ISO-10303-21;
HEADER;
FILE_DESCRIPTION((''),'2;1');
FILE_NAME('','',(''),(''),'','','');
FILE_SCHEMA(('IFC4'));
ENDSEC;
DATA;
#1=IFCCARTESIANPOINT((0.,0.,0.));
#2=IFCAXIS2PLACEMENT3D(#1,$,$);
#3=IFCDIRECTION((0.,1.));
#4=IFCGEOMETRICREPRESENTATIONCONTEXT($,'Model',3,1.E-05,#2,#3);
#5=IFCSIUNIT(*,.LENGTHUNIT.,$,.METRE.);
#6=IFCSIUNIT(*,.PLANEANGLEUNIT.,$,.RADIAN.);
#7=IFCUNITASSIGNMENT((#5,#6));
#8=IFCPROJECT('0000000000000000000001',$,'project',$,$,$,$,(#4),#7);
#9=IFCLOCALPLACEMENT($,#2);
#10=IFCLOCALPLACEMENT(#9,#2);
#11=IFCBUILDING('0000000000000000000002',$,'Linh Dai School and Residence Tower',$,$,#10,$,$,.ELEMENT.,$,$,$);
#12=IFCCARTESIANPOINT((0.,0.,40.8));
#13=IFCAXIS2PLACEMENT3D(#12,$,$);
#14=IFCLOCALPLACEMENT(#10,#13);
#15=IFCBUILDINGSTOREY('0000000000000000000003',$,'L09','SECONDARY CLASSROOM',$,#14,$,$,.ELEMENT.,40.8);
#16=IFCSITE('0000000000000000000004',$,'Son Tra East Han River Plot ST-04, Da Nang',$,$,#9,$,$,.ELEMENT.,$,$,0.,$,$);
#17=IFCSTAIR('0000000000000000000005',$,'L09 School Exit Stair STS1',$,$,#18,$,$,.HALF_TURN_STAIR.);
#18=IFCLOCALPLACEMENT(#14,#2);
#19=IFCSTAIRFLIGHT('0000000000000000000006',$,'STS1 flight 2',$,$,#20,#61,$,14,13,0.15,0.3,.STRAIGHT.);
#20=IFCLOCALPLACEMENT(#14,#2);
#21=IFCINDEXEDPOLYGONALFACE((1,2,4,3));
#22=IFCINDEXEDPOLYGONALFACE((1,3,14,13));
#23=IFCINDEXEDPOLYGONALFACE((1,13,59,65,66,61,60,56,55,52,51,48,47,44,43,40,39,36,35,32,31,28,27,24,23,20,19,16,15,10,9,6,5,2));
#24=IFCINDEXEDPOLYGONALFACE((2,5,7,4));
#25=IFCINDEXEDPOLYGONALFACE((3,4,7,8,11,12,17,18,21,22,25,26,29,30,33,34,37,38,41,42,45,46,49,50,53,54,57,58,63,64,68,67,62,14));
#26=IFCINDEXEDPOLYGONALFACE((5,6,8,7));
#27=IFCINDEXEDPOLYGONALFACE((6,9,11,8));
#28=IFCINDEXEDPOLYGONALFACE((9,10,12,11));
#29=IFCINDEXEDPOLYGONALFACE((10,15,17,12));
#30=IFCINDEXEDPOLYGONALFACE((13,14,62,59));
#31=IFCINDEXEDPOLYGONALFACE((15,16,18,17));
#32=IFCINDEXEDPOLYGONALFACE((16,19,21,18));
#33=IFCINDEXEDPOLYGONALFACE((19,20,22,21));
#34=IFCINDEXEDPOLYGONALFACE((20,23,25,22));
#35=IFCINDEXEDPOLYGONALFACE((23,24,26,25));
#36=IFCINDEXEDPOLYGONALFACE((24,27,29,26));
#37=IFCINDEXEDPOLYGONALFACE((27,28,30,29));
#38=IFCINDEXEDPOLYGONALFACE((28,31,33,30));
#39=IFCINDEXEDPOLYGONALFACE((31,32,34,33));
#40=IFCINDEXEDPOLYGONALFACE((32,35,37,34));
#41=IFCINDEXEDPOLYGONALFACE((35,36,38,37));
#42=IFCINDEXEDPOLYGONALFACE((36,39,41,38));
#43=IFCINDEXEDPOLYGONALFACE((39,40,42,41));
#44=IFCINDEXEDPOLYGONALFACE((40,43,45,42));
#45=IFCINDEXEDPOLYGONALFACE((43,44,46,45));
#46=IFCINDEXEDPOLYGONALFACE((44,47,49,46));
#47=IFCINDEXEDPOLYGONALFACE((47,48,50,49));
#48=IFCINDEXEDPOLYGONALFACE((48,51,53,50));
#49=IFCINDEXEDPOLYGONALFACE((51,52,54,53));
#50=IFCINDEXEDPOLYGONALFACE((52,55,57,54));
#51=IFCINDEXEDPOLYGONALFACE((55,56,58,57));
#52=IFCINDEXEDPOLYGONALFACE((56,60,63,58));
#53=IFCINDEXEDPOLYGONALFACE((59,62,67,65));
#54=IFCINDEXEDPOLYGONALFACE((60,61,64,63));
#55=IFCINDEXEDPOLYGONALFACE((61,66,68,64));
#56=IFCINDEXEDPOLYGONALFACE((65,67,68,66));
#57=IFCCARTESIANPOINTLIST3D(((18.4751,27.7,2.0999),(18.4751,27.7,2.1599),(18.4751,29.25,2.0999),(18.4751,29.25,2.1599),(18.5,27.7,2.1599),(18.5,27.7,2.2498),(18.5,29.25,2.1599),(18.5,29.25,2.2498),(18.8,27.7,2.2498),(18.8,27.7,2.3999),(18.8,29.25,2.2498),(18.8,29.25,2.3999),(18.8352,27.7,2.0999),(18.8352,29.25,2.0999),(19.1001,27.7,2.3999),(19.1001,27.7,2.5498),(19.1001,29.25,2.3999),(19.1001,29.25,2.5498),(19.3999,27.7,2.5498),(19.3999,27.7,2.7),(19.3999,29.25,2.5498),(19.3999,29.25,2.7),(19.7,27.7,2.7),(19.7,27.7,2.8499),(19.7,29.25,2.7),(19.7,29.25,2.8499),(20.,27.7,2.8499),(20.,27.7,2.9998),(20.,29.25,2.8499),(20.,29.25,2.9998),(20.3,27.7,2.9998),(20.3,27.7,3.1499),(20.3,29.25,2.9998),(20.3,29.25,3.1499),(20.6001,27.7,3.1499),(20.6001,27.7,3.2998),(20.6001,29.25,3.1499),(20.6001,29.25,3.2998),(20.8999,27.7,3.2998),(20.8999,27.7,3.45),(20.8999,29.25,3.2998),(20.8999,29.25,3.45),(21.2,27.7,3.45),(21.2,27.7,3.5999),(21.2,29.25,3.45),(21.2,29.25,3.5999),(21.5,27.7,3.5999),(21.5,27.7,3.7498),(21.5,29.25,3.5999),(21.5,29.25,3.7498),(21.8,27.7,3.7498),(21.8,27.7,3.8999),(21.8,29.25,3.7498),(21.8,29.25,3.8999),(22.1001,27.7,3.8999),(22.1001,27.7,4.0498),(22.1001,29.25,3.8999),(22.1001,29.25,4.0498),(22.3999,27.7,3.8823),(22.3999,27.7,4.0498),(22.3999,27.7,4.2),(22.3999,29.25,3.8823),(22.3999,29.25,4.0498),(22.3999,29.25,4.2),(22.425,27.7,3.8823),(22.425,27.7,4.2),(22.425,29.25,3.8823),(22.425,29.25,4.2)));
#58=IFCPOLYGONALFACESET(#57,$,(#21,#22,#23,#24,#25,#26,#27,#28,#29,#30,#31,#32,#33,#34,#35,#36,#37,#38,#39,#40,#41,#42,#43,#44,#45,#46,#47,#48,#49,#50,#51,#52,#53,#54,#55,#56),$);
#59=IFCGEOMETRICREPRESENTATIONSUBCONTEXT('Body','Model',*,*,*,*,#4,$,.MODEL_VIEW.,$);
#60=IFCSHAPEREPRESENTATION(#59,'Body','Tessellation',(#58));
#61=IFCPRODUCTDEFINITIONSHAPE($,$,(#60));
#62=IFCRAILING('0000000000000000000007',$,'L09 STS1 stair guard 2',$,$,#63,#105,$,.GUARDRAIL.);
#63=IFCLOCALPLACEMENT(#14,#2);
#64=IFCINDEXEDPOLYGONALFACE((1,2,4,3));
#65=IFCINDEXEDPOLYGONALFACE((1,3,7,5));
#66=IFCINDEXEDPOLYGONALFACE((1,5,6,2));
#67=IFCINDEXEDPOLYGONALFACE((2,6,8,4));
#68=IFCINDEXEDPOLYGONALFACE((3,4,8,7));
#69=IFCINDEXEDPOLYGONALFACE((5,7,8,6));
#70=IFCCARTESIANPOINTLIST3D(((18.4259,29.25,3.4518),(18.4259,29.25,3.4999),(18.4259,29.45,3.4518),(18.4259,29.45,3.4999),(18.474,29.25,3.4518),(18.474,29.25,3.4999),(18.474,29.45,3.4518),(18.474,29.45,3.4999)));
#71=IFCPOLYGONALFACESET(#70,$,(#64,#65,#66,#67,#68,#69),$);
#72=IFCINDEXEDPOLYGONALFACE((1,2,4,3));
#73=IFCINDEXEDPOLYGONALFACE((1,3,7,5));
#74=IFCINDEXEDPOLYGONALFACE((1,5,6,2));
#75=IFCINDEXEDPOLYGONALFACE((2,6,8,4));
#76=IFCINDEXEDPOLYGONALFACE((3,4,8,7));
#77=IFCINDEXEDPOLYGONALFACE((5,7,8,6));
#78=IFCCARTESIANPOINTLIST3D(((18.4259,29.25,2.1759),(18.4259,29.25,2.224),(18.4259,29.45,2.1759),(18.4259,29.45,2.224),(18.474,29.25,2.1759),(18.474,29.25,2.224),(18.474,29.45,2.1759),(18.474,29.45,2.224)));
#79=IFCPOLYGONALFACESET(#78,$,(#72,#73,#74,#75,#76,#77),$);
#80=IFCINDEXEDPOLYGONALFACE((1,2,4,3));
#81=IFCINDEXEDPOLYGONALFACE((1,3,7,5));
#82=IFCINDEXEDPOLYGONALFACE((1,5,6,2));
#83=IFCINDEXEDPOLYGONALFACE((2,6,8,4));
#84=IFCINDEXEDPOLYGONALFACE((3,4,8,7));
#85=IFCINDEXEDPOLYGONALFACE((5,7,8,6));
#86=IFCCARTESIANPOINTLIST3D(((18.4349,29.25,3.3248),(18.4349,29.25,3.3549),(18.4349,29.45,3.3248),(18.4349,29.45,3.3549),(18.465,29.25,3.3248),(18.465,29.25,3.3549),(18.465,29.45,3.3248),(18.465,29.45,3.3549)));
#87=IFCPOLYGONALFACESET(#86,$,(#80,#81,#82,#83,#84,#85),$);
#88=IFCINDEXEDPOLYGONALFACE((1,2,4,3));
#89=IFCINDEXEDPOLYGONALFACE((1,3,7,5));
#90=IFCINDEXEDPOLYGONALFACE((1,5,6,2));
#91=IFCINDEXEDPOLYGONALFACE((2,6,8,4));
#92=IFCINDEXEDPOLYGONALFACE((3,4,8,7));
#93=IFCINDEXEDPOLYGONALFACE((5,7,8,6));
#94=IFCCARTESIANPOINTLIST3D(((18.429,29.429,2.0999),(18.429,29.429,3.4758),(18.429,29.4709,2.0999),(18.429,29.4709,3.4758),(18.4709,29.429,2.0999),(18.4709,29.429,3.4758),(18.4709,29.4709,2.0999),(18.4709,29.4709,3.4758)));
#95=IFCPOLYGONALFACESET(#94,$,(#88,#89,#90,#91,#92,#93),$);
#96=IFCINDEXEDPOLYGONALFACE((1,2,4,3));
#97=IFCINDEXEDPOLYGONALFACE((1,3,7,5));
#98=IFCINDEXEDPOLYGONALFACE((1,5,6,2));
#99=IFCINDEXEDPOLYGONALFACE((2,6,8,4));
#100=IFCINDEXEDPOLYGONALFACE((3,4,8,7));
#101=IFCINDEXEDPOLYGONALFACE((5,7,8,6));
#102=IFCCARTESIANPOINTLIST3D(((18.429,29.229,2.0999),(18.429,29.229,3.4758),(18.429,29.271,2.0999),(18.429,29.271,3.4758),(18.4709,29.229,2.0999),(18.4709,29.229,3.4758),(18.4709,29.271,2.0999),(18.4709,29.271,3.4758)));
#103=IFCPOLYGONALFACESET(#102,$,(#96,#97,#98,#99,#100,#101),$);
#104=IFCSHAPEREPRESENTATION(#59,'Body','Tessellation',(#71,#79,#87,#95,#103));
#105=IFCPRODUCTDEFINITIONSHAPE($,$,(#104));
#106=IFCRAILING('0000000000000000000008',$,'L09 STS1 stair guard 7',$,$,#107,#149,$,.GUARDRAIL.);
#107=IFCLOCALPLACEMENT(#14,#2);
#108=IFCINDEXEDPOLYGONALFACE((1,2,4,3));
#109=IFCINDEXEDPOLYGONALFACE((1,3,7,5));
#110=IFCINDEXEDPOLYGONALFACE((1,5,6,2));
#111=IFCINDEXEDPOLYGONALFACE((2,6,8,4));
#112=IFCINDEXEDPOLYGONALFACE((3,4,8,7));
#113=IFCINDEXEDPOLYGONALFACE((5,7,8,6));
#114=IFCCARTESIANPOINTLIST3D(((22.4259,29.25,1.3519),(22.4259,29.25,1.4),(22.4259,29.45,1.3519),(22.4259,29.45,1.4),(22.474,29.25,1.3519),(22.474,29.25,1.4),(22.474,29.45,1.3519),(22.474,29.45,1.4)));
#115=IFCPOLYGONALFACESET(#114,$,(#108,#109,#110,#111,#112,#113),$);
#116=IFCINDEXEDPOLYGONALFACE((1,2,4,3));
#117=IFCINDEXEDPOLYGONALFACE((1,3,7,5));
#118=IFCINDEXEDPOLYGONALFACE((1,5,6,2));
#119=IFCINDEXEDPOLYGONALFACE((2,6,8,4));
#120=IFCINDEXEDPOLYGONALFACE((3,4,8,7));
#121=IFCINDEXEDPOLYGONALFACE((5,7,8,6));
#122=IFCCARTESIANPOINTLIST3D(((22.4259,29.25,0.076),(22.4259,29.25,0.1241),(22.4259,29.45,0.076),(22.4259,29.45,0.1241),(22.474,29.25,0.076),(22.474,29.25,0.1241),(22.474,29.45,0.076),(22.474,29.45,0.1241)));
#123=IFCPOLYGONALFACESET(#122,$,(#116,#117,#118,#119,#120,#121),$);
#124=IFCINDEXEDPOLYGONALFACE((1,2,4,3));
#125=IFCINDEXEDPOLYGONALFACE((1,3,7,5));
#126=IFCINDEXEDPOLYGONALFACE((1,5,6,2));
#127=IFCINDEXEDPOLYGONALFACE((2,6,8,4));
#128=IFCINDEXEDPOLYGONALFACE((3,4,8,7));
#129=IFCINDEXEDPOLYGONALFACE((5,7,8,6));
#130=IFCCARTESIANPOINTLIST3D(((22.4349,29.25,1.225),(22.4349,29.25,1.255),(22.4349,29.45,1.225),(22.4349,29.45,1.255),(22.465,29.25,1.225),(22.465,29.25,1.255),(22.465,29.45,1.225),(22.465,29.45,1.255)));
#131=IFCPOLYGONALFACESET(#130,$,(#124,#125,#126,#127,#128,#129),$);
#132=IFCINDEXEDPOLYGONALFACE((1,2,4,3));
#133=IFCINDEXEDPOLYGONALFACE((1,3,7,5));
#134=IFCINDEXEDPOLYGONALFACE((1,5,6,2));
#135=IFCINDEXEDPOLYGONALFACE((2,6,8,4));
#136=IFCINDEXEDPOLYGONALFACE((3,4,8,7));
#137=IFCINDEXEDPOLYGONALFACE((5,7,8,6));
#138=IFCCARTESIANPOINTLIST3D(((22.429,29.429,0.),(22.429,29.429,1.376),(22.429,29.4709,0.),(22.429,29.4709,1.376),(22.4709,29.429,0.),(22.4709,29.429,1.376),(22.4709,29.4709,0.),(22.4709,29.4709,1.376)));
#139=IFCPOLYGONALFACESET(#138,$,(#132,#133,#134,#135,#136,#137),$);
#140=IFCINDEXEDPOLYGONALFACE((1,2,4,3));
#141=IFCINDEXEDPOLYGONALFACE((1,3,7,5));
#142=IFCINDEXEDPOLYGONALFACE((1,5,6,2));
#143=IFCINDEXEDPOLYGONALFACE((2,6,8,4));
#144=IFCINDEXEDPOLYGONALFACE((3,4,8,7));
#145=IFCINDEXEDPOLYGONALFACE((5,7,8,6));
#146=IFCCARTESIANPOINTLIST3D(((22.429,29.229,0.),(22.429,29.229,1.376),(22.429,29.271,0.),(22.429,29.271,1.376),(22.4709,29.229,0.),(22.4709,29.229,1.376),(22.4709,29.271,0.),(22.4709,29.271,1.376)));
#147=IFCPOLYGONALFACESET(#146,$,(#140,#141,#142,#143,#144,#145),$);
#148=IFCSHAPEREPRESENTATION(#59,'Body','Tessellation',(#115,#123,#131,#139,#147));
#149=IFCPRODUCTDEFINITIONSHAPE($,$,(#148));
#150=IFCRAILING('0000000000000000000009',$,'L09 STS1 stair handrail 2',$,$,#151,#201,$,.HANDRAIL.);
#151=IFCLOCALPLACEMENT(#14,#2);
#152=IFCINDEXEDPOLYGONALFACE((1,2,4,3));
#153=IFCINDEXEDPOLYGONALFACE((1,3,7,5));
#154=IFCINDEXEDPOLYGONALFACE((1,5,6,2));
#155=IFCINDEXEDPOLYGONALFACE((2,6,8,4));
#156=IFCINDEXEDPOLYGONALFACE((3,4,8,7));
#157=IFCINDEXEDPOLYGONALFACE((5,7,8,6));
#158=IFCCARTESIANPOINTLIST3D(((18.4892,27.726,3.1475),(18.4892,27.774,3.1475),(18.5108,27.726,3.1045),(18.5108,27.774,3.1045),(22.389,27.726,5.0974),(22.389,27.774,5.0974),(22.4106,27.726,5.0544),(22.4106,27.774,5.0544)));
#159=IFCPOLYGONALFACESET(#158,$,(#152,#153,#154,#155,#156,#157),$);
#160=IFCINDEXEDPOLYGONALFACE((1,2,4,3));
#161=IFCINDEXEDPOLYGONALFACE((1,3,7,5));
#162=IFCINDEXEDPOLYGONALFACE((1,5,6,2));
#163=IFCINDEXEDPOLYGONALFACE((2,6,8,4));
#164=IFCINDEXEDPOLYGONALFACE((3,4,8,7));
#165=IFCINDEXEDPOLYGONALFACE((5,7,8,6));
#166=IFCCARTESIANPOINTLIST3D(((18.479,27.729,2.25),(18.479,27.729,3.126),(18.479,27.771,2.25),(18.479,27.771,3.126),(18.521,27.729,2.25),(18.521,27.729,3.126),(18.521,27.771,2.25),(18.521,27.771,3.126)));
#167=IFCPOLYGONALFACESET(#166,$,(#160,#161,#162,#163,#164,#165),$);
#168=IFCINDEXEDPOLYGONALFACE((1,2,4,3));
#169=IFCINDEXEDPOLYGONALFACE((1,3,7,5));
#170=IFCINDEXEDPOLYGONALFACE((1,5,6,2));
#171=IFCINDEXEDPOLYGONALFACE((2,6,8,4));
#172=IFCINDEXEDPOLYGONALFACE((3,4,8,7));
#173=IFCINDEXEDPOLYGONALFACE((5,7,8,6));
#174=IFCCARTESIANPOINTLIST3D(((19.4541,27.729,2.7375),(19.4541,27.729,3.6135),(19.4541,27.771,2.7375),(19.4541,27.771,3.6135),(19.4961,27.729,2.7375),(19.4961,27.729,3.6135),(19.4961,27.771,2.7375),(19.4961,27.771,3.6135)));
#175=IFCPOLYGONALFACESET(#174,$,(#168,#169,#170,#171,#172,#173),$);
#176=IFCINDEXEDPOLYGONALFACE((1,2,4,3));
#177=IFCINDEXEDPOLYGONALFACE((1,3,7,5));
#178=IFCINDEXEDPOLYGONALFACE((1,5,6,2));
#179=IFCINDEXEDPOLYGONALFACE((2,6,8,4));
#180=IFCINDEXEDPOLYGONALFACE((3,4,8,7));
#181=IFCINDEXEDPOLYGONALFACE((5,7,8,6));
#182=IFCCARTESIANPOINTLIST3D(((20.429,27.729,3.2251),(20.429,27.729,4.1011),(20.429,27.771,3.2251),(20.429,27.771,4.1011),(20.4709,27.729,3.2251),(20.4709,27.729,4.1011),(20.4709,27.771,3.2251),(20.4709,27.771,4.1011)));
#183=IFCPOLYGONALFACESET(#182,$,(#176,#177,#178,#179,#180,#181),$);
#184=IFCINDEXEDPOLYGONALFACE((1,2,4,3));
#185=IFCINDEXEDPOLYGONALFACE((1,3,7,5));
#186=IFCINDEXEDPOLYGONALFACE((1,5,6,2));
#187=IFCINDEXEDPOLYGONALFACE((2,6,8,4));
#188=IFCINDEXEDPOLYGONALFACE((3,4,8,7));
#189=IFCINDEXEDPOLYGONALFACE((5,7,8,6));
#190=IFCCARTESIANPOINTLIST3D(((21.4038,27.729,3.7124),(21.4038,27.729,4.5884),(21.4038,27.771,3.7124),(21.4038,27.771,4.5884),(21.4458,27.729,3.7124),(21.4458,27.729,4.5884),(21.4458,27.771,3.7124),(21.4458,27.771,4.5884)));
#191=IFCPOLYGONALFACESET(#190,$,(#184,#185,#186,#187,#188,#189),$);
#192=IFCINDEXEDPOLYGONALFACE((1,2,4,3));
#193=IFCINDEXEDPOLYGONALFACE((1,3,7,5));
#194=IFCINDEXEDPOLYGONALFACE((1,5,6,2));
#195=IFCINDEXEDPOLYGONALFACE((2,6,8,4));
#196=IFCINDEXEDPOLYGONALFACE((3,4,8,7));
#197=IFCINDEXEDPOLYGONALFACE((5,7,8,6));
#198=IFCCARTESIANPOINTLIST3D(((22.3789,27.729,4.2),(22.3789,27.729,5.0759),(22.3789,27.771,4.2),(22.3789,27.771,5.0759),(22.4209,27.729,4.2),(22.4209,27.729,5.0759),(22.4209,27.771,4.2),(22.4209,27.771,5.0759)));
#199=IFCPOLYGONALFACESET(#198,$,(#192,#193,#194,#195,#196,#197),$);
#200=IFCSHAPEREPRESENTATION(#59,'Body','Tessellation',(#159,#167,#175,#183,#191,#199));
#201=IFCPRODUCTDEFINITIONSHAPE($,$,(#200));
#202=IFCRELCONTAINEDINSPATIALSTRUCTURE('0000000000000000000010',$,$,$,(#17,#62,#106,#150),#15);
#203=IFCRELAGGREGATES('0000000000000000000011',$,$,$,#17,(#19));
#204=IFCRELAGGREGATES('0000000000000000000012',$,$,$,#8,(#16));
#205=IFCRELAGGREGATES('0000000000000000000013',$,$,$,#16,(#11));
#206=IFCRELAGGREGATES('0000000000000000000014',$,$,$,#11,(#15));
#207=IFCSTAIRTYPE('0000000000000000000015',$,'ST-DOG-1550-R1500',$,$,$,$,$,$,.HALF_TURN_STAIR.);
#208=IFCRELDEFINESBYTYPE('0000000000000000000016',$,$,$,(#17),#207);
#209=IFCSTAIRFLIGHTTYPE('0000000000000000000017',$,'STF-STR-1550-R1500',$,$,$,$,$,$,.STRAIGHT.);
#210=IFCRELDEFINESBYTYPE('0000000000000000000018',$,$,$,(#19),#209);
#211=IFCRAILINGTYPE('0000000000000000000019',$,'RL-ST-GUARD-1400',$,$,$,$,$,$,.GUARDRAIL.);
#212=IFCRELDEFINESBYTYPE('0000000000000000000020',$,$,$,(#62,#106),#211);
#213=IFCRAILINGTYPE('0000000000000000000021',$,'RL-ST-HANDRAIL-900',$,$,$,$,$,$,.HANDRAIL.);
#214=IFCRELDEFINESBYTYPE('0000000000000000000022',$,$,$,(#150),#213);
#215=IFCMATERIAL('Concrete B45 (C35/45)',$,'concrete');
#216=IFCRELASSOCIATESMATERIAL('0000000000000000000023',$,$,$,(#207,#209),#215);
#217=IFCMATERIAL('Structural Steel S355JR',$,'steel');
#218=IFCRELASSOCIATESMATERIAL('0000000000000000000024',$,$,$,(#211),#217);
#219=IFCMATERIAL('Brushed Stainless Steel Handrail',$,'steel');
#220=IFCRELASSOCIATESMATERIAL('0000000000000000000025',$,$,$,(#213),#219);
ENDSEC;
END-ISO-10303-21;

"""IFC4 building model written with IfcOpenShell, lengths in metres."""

from ifc_helpers import new_model, si_unit, direction, frame, origin, origin_2d, place, context, subcontext, project, spatial, polyline, rectangle, outline, extrude, source, transform, mapped, material, type_object, element, aggregate, save


model = new_model("IFC4")

# Units and contexts
model_context = context("Model", 3, precision=1e-05, world=origin(), true_north=direction((0.0, 1.0)))
body_context = subcontext(model_context, "Body", "Model", "MODEL_VIEW")
ifc_project = project(units=[si_unit("LENGTHUNIT", "METRE"), si_unit("PLANEANGLEUNIT", "RADIAN")], contexts=[model_context])

# Site, building, storey
site_placement = place(None, origin())
site = spatial("IfcSite", under=ifc_project, at=site_placement, Name="Son Tra East Han River Plot ST-04, Da Nang", CompositionType="ELEMENT", RefElevation=0.0)
building_placement = place(site_placement, origin())
building = spatial("IfcBuilding", under=site, at=building_placement, Name="Linh Dai School and Residence Tower", CompositionType="ELEMENT")
storey_placement = place(building_placement, frame((0.0, 0.0, 40.8)))
storey = spatial("IfcBuildingStorey", under=building, at=storey_placement, Name="L09", Description="SECONDARY CLASSROOM", CompositionType="ELEMENT", Elevation=40.8)

# Shared definitions
ifc_material_1 = material(Name="Structural Steel S355JR", Category="steel")

# Shared definitions
ifc_material_2 = material(Name="Concrete B45 (C35/45)", Category="concrete")

# Stair, stair flight
stair_type = type_object("IfcStairType", Name="ST-DOG-1550-R1500", PredefinedType="HALF_TURN_STAIR", material=ifc_material_2)
stair_placement = place(storey_placement, origin())
stair = element("IfcStair", 1, at=stair_placement, inside=storey, type_object=stair_type, Name="L09 School Exit Stair STS1", PredefinedType="HALF_TURN_STAIR")
stair_flight_type = type_object("IfcStairFlightType", Name="STF-STR-1550-R1500", PredefinedType="STRAIGHT", material=ifc_material_2)
shared_shape_1 = source(origin(), body_context, "Body", "SweptSolid", [
    extrude(outline(polyline([(-0.0249, 0.0), (-0.0249, 0.0601), (0.0, 0.0601), (0.0, 0.1499), (0.3, 0.1499), (0.3, 0.3), (0.6001, 0.3), (0.6001, 0.45), (0.8999, 0.45), (0.8999, 0.6001), (1.2, 0.6001), (1.2, 0.75), (1.5, 0.75), (1.5, 0.8999), (1.8, 0.8999), (1.8, 1.05), (2.1001, 1.05), (2.1001, 1.2), (2.3999, 1.2), (2.3999, 1.3501), (2.7, 1.3501), (2.7, 1.5), (3.0, 1.5), (3.0, 1.6499), (3.3, 1.6499), (3.3, 1.8), (3.6001, 1.8), (3.6001, 1.95), (3.8999, 1.95), (3.8999, 2.1001), (3.925, 2.1001), (3.925, 1.7825), (3.8999, 1.7825), (0.3352, 0.0), (-0.0249, 0.0)])), frame((0.0, 0.7749, 0.0), z_axis=(0.0, -1.0, 0.0), x_axis=(1.0, 0.0, 0.0)), (0.0, 0.0, 1.0), 1.55),
])
stair_flight_1_placement = place(storey_placement, frame((18.5, 28.4751, 2.0999), z_axis=(0.0, 0.0, 1.0), x_axis=(1.0, 0.0, 0.0)))
stair_flight_1 = element("IfcStairFlight", 2, at=stair_flight_1_placement, type_object=stair_flight_type, Name="STS1 flight 2", NumberOfRisers=14, NumberOfTreads=13, PredefinedType="STRAIGHT", RiserHeight=0.15, TreadLength=0.3, context=body_context, shape_type="MappedRepresentation", body=[
    mapped(shared_shape_1, transform((0.0, 0.0, 0.0), x_axis=(1.0, 0.0, 0.0), y_axis=(0.0, 1.0, 0.0), z_axis=(0.0, 0.0, 1.0), scale=1.0)),
])
aggregate(stair, [stair_flight_1])

# Railings
railing_type_1 = type_object("IfcRailingType", Name="RL-ST-GUARD-1400", PredefinedType="GUARDRAIL", material=ifc_material_1)
shared_shape_2 = source(origin(), body_context, "Body", "SweptSolid", [
    extrude(rectangle(XDim=0.0481, YDim=0.0481, at=origin_2d()), frame((0.0, 0.0, 1.376), z_axis=(0.0, -1.0, 0.0), x_axis=(1.0, 0.0, 0.0)), (0.0, 0.0, 1.0), 0.2),
    extrude(rectangle(XDim=0.0481, YDim=0.0481, at=origin_2d()), frame((0.0, 0.0, 0.1001), z_axis=(0.0, -1.0, 0.0), x_axis=(1.0, 0.0, 0.0)), (0.0, 0.0, 1.0), 0.2),
    extrude(rectangle(XDim=0.03, YDim=0.03, at=origin_2d()), frame((0.0, 0.0, 1.24), z_axis=(0.0, -1.0, 0.0), x_axis=(1.0, 0.0, 0.0)), (0.0, 0.0, 1.0), 0.2),
    extrude(rectangle(XDim=0.042, YDim=0.042, at=origin_2d()), origin(), (0.0, 0.0, 1.0), 1.376),
    extrude(rectangle(XDim=0.042, YDim=0.042, at=origin_2d()), frame((0.0, -0.2, 0.0)), (0.0, 0.0, 1.0), 1.376),
])
for number, where, name in (
    (3, (18.45, 29.45, 2.0999), "L09 STS1 stair guard 2"),
    (4, (22.45, 29.45, 0.0), "L09 STS1 stair guard 7"),
):
    element("IfcRailing", number, at=place(storey_placement, frame(where)), inside=storey, type_object=railing_type_1, Name=name, PredefinedType="GUARDRAIL", context=body_context, shape_type="MappedRepresentation", body=[
        mapped(shared_shape_2, transform((0.0, 0.0, 0.0), x_axis=(1.0, 0.0, 0.0), y_axis=(0.0, 1.0, 0.0), z_axis=(0.0, 0.0, 1.0), scale=1.0)),
    ])
ifc_material_3 = material(Name="Brushed Stainless Steel Handrail", Category="steel")
railing_type_2 = type_object("IfcRailingType", Name="RL-ST-HANDRAIL-900", PredefinedType="HANDRAIL", material=ifc_material_3)
shared_shape_3 = source(origin(), body_context, "Body", "SweptSolid", [
    extrude(rectangle(XDim=0.0481, YDim=0.0481, at=origin_2d()), frame((0.0, 0.0, 0.876), z_axis=(0.894427, 0.0, 0.447214), x_axis=(0.0, 1.0, 0.0)), (0.0, 0.0, 1.0), 4.3601),
    extrude(rectangle(XDim=0.042, YDim=0.042, at=origin_2d()), origin(), (0.0, 0.0, 1.0), 0.876),
    extrude(rectangle(XDim=0.042, YDim=0.042, at=origin_2d()), frame((0.9751, 0.0, 0.4875)), (0.0, 0.0, 1.0), 0.876),
    extrude(rectangle(XDim=0.042, YDim=0.042, at=origin_2d()), frame((1.95, 0.0, 0.9751)), (0.0, 0.0, 1.0), 0.876),
    extrude(rectangle(XDim=0.042, YDim=0.042, at=origin_2d()), frame((2.9248, 0.0, 1.4624)), (0.0, 0.0, 1.0), 0.876),
    extrude(rectangle(XDim=0.042, YDim=0.042, at=origin_2d()), frame((3.8999, 0.0, 1.95)), (0.0, 0.0, 1.0), 0.876),
])
railing_1_placement = place(storey_placement, frame((18.5, 27.75, 2.25)))
element("IfcRailing", 5, at=railing_1_placement, inside=storey, type_object=railing_type_2, Name="L09 STS1 stair handrail 2", PredefinedType="HANDRAIL", context=body_context, shape_type="MappedRepresentation", body=[
    mapped(shared_shape_3, transform((0.0, 0.0, 0.0), x_axis=(1.0, 0.0, 0.0), y_axis=(0.0, 1.0, 0.0), z_axis=(0.0, 0.0, 1.0), scale=1.0)),
])

save(model, "model.ifc")
